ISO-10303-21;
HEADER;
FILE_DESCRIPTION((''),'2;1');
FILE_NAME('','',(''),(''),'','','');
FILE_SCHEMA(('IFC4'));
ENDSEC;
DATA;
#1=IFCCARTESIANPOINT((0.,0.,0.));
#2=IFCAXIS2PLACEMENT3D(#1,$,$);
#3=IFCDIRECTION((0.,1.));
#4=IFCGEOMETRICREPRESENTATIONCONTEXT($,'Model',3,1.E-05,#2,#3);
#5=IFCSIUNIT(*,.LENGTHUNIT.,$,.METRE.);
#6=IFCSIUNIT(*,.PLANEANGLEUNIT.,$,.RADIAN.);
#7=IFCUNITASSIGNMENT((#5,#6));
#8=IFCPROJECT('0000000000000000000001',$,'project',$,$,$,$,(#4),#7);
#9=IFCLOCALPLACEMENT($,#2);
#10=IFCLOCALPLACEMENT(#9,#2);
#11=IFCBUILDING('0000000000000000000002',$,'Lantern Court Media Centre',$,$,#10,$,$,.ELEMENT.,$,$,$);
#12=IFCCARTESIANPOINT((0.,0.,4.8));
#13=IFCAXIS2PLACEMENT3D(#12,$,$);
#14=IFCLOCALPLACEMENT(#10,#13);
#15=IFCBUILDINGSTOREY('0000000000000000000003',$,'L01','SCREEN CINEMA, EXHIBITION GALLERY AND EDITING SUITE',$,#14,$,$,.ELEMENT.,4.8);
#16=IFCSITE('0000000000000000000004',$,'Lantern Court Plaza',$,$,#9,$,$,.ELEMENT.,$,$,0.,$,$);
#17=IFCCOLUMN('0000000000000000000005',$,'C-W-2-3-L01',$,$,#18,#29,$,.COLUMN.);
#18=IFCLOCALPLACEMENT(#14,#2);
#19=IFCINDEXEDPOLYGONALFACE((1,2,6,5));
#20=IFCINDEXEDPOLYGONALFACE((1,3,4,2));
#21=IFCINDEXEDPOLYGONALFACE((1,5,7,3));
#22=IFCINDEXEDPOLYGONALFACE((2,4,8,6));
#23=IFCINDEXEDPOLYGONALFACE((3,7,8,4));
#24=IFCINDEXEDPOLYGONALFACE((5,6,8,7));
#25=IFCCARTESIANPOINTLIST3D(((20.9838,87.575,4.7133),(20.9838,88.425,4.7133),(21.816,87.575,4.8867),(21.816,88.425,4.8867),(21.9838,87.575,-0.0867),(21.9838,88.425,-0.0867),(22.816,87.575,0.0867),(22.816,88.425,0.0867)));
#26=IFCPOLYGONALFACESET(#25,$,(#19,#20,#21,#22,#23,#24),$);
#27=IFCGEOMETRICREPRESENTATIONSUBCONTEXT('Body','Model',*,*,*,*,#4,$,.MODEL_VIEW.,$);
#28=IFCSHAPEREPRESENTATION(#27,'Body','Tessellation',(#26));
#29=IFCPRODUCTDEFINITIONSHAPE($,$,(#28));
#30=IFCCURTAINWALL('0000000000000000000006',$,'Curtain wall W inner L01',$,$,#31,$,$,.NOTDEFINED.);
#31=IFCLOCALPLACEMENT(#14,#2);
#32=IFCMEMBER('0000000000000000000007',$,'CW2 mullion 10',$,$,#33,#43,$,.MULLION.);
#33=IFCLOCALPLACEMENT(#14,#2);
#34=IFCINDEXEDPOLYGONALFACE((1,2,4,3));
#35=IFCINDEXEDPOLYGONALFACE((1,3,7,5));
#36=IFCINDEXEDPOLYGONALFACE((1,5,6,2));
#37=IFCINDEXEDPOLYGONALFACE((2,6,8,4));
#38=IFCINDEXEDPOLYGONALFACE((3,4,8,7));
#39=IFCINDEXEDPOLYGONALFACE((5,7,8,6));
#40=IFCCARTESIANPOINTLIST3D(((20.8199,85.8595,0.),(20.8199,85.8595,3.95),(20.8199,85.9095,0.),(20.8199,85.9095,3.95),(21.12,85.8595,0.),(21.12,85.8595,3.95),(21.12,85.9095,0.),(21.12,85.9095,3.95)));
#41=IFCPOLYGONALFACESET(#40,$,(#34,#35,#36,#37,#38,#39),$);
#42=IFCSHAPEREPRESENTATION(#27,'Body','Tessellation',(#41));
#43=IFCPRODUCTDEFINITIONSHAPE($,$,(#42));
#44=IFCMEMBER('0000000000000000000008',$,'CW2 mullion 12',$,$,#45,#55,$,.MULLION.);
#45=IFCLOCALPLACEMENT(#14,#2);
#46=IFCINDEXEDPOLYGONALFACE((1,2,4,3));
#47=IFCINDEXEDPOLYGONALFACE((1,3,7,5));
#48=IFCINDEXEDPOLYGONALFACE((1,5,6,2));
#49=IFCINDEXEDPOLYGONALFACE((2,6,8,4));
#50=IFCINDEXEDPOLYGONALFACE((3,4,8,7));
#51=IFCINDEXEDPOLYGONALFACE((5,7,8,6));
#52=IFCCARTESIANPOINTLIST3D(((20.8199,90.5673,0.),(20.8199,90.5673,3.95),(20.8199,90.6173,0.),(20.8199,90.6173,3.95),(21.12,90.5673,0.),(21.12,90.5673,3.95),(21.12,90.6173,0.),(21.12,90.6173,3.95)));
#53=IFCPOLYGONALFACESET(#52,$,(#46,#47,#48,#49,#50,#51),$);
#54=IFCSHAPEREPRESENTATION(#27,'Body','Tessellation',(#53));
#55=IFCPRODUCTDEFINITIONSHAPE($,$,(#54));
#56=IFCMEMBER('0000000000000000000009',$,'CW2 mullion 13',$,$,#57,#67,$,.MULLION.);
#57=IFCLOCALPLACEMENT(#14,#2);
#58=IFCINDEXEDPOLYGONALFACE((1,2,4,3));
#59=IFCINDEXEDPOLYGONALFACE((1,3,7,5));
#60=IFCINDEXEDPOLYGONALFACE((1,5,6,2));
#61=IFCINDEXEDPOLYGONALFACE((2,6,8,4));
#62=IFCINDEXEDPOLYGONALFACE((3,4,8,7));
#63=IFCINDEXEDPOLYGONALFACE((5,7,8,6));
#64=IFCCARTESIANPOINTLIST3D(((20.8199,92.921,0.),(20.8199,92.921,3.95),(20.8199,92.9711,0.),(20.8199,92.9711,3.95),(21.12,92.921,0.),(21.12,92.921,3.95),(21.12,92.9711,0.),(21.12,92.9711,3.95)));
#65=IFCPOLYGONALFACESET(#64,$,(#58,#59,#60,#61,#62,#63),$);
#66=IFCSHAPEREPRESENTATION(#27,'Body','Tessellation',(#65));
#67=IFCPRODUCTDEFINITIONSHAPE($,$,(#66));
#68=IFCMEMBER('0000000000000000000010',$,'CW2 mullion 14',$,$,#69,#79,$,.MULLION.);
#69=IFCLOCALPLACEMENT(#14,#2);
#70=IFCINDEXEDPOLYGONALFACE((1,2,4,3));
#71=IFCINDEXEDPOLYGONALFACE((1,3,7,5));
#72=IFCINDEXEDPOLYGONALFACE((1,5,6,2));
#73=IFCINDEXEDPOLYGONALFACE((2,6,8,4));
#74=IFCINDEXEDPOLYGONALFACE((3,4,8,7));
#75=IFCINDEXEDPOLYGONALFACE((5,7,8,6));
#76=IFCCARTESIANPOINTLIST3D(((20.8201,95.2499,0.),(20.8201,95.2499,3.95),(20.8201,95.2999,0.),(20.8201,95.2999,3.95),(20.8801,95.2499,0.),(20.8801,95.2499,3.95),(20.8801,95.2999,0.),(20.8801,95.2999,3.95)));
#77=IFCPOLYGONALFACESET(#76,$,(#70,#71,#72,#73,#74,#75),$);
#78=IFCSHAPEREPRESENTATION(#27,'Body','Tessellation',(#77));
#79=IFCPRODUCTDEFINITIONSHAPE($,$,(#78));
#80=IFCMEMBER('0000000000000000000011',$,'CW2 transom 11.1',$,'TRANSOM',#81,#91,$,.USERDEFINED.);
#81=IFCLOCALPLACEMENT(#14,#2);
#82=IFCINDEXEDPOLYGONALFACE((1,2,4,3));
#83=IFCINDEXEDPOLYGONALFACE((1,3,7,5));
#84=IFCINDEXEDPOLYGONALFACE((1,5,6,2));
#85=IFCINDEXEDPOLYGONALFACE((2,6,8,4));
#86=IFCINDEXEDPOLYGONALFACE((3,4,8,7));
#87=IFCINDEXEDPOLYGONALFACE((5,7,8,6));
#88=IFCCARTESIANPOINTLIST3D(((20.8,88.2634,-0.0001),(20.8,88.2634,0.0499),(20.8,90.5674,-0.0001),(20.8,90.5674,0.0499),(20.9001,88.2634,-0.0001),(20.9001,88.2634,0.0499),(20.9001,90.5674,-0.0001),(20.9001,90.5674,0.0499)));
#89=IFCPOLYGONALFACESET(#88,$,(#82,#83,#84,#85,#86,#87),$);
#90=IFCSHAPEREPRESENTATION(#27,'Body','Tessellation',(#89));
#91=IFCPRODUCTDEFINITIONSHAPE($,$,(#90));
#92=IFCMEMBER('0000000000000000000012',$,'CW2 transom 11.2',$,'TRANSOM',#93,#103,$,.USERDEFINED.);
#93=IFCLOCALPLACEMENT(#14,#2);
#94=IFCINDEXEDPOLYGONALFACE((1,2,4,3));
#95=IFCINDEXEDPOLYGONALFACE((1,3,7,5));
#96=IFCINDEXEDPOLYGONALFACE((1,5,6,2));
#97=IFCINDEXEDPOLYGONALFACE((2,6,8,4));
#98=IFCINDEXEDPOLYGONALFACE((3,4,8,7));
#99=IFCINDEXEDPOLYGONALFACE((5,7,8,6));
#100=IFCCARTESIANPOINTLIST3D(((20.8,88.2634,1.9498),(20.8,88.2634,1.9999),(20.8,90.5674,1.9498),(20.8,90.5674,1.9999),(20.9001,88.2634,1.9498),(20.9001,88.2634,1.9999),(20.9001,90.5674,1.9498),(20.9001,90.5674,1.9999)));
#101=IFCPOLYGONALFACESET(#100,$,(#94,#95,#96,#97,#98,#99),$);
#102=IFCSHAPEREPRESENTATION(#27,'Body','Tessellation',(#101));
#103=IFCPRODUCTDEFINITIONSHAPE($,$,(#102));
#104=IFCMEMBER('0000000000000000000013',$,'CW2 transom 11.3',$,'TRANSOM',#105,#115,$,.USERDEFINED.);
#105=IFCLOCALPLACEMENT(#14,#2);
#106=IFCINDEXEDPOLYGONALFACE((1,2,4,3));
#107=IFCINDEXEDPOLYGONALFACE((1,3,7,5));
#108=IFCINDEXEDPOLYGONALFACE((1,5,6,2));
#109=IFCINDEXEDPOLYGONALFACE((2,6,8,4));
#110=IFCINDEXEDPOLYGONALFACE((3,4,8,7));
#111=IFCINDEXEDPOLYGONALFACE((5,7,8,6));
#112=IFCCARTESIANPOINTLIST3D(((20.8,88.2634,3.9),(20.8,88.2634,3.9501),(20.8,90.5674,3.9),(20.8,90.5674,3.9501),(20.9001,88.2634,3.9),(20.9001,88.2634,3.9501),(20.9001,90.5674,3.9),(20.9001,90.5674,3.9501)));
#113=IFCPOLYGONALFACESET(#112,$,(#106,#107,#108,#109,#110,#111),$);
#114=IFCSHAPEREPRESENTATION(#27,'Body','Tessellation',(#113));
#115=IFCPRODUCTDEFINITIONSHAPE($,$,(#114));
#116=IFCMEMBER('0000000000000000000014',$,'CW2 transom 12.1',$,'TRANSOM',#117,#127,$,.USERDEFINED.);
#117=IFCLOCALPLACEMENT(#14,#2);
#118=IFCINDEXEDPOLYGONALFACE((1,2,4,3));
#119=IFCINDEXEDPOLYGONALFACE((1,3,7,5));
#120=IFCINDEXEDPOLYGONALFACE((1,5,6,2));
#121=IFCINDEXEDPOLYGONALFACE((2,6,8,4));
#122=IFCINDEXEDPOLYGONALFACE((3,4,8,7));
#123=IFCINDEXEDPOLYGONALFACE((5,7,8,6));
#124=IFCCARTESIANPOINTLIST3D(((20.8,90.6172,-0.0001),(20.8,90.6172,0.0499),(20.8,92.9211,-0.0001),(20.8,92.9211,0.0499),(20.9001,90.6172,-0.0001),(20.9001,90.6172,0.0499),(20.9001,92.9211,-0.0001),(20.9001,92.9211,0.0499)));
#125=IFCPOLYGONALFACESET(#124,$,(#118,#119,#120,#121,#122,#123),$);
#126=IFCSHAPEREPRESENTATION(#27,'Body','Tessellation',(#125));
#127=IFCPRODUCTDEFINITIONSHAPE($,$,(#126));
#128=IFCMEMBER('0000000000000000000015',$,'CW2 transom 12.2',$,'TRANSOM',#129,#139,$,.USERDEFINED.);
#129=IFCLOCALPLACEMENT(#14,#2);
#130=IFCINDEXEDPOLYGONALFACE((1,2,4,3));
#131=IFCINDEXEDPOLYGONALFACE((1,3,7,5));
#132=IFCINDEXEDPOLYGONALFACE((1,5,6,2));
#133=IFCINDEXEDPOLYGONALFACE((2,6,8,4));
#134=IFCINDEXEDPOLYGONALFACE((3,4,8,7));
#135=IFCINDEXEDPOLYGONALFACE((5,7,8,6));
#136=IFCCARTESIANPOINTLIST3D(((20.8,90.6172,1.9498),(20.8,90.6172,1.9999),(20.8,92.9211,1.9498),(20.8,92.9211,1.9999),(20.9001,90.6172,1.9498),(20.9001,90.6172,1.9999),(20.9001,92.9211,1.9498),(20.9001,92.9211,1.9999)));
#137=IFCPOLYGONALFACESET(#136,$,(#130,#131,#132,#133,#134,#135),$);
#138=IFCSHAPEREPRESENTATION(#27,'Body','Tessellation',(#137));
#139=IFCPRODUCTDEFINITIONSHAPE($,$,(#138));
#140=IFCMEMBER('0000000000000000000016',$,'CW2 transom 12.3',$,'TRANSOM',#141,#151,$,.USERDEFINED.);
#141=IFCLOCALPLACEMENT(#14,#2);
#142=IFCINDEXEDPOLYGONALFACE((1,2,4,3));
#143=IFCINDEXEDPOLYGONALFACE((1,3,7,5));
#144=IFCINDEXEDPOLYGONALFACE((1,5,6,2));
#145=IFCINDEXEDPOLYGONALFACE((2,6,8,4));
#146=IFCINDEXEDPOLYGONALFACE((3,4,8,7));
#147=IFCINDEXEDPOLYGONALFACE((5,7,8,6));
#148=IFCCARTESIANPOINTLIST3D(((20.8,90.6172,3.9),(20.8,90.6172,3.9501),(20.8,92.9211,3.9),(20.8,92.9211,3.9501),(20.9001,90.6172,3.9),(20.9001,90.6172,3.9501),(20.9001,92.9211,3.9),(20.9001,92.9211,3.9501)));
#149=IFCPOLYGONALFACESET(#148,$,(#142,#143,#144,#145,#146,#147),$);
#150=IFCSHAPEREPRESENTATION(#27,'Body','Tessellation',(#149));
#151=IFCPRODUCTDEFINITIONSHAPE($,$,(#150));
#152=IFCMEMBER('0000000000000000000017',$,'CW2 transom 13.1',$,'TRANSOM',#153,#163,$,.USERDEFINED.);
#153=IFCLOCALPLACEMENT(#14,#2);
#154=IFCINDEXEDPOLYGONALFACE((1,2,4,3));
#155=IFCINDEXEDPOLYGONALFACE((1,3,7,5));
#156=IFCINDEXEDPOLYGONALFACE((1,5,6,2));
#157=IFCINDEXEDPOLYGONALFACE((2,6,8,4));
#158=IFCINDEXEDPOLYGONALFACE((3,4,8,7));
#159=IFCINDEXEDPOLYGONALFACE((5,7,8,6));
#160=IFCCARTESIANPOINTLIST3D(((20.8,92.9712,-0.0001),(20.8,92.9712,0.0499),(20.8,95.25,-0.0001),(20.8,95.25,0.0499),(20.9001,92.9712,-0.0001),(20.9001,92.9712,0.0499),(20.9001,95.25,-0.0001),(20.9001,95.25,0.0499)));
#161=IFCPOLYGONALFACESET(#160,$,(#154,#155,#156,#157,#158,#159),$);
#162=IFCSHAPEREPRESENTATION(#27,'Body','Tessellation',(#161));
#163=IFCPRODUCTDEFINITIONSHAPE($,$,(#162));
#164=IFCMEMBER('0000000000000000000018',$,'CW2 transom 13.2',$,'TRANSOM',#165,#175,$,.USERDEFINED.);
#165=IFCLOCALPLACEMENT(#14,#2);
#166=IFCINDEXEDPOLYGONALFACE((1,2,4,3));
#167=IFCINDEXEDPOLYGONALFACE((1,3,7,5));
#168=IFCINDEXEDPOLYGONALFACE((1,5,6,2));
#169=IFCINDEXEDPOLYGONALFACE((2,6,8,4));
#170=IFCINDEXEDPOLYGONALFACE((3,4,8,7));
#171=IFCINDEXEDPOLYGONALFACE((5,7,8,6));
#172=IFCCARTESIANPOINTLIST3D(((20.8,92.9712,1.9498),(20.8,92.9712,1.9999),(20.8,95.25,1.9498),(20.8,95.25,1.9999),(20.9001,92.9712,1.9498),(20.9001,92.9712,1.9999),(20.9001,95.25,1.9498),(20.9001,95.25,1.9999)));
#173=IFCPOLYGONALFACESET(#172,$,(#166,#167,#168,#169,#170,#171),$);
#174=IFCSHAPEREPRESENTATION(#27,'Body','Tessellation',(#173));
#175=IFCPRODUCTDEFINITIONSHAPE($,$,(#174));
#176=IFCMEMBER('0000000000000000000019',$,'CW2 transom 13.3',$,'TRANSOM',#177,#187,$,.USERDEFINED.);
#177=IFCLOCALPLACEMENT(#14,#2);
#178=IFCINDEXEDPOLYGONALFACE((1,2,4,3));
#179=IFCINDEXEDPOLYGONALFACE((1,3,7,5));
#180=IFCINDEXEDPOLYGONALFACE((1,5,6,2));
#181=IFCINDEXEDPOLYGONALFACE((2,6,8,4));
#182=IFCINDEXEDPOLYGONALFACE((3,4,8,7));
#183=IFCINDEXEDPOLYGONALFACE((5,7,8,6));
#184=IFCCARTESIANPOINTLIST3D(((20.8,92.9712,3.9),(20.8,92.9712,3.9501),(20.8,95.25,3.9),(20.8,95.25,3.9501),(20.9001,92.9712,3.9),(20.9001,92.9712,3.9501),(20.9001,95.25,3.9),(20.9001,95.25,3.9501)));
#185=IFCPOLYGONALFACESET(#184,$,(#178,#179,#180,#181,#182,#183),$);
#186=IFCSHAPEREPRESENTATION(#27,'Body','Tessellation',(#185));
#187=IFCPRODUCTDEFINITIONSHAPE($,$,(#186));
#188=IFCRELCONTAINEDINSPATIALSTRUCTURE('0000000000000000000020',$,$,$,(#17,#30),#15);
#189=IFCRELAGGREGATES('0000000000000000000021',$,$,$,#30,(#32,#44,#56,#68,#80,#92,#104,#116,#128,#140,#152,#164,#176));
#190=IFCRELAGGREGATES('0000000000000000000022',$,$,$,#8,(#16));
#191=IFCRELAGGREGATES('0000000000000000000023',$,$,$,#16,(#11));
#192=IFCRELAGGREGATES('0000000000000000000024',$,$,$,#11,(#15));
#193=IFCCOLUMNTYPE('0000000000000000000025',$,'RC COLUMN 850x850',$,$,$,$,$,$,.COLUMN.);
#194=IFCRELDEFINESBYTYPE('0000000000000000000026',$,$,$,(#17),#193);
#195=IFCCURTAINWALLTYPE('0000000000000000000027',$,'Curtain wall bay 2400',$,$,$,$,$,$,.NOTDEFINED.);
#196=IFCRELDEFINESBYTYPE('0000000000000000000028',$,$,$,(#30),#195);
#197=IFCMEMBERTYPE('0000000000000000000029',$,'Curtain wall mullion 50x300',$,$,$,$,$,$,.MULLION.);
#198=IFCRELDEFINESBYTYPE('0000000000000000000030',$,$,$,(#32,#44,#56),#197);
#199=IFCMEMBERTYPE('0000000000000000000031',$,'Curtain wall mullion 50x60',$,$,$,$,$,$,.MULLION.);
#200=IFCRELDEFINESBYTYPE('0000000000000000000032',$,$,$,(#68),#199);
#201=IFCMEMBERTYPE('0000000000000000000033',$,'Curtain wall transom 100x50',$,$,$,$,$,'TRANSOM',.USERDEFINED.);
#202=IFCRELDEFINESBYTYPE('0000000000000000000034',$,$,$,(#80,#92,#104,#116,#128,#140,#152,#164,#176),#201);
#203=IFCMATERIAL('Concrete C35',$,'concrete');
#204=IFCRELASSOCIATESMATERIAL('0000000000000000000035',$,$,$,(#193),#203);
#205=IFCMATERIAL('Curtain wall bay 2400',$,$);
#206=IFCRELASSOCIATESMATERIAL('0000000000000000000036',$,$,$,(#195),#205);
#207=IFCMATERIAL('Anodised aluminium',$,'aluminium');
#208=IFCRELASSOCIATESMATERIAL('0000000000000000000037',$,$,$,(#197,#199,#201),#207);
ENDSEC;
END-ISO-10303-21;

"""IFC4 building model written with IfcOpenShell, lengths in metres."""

from ifc_helpers import new_model, si_unit, direction, frame, origin, origin_2d, place, context, subcontext, project, spatial, rectangle, extrude, material, material_profile, profile_set, type_object, element, aggregate, save


model = new_model("IFC4")

# Units and contexts
model_context = context("Model", 3, precision=1e-05, world=origin(), true_north=direction((0.0, 1.0)))
body_context = subcontext(model_context, "Body", "Model", "MODEL_VIEW")
ifc_project = project(units=[si_unit("LENGTHUNIT", "METRE"), si_unit("PLANEANGLEUNIT", "RADIAN")], contexts=[model_context])

# Site, building, storey
site_placement = place(None, origin())
site = spatial("IfcSite", under=ifc_project, at=site_placement, Name="Lantern Court Plaza", CompositionType="ELEMENT", RefElevation=0.0)
building_placement = place(site_placement, origin())
building = spatial("IfcBuilding", under=site, at=building_placement, Name="Lantern Court Media Centre", CompositionType="ELEMENT")
storey_placement = place(building_placement, frame((0.0, 0.0, 4.8)))
storey = spatial("IfcBuildingStorey", under=building, at=storey_placement, Name="L01", Description="SCREEN CINEMA, EXHIBITION GALLERY AND EDITING SUITE", CompositionType="ELEMENT", Elevation=4.8)

# Column
ifc_material_1 = material(Name="Concrete C35", Category="concrete")
ifc_material_profile_1 = material_profile(ifc_material_1, rectangle(XDim=0.8501, YDim=0.8501, at=origin_2d()), Name="RC 850x850")
ifc_profile_set_1 = profile_set([ifc_material_profile_1], Name="Concrete C35")
column_type = type_object("IfcColumnType", Name="RC COLUMN 850x850", PredefinedType="COLUMN", material=ifc_profile_set_1)
column_placement = place(storey_placement, frame((22.3999, 88.0, 0.0), z_axis=(-0.203952, 0.0, 0.978981), x_axis=(0.0, -1.0, 0.0)))
element("IfcColumn", 1, at=column_placement, inside=storey, type_object=column_type, Name="C-W-2-3-L01", PredefinedType="COLUMN", context=body_context, shape_type="SweptSolid", body=[
    extrude(rectangle(XDim=0.8501, YDim=0.8501, at=origin_2d()), origin(), (0.0, 0.0, 1.0), 4.9031),
])

# Curtain wall, members
ifc_material_2 = material(Name="Curtain wall bay 2400")
curtain_wall_type = type_object("IfcCurtainWallType", Name="Curtain wall bay 2400", PredefinedType="NOTDEFINED", material=ifc_material_2)
curtain_wall_placement = place(storey_placement, origin())
curtain_wall = element("IfcCurtainWall", 2, at=curtain_wall_placement, inside=storey, type_object=curtain_wall_type, Name="Curtain wall W inner L01", PredefinedType="NOTDEFINED")
ifc_material_3 = material(Name="Anodised aluminium", Category="aluminium")
ifc_material_profile_2 = material_profile(ifc_material_3, rectangle(XDim=0.3, YDim=0.05, at=origin_2d()), Name="AL 50x300")
ifc_profile_set_2 = profile_set([ifc_material_profile_2], Name="Anodised aluminium")
member_type_1 = type_object("IfcMemberType", Name="Curtain wall mullion 50x300", PredefinedType="MULLION", material=ifc_profile_set_2)
member_1_placement = place(storey_placement, frame((20.97, 85.8845, 0.0), z_axis=(0.0, 0.0, 1.0), x_axis=(-1.0, 0.0, 0.0)))
member_1 = element("IfcMember", 3, at=member_1_placement, type_object=member_type_1, Name="CW2 mullion 10", PredefinedType="MULLION", context=body_context, shape_type="SweptSolid", body=[
    extrude(rectangle(XDim=0.3, YDim=0.05, at=origin_2d()), origin(), (0.0, 0.0, 1.0), 3.95),
])
member_2_placement = place(storey_placement, frame((20.97, 90.5923, 0.0), z_axis=(0.0, 0.0, 1.0), x_axis=(-1.0, 0.0, 0.0)))
member_2 = element("IfcMember", 4, at=member_2_placement, type_object=member_type_1, Name="CW2 mullion 12", PredefinedType="MULLION", context=body_context, shape_type="SweptSolid", body=[
    extrude(rectangle(XDim=0.3, YDim=0.05, at=origin_2d()), origin(), (0.0, 0.0, 1.0), 3.95),
])
member_3_placement = place(storey_placement, frame((20.97, 92.946, 0.0), z_axis=(0.0, 0.0, 1.0), x_axis=(-1.0, 0.0, 0.0)))
member_3 = element("IfcMember", 5, at=member_3_placement, type_object=member_type_1, Name="CW2 mullion 13", PredefinedType="MULLION", context=body_context, shape_type="SweptSolid", body=[
    extrude(rectangle(XDim=0.3, YDim=0.05, at=origin_2d()), origin(), (0.0, 0.0, 1.0), 3.95),
])
ifc_material_profile_3 = material_profile(ifc_material_3, rectangle(XDim=0.0601, YDim=0.05, at=origin_2d()), Name="AL 50x60")
ifc_profile_set_3 = profile_set([ifc_material_profile_3], Name="Anodised aluminium")
member_type_2 = type_object("IfcMemberType", Name="Curtain wall mullion 50x60", PredefinedType="MULLION", material=ifc_profile_set_3)
member_4_placement = place(storey_placement, frame((20.8501, 95.2749, 0.0), z_axis=(0.0, 0.0, 1.0), x_axis=(-1.0, 0.0, 0.0)))
member_4 = element("IfcMember", 6, at=member_4_placement, type_object=member_type_2, Name="CW2 mullion 14", PredefinedType="MULLION", context=body_context, shape_type="SweptSolid", body=[
    extrude(rectangle(XDim=0.0601, YDim=0.05, at=origin_2d()), origin(), (0.0, 0.0, 1.0), 3.95),
])
ifc_material_profile_4 = material_profile(ifc_material_3, rectangle(XDim=0.1001, YDim=0.05, at=origin_2d()), Name="AL 50x100")
ifc_profile_set_4 = profile_set([ifc_material_profile_4], Name="Anodised aluminium")
member_type_3 = type_object("IfcMemberType", Name="Curtain wall transom 100x50", ElementType="TRANSOM", PredefinedType="USERDEFINED", material=ifc_profile_set_4)
member_5_placement = place(storey_placement, frame((20.8501, 88.2634, 0.0249), z_axis=(0.0, 1.0, 0.0), x_axis=(-1.0, 0.0, 0.0)))
member_5 = element("IfcMember", 7, at=member_5_placement, type_object=member_type_3, Name="CW2 transom 11.1", ObjectType="TRANSOM", PredefinedType="USERDEFINED", context=body_context, shape_type="SweptSolid", body=[
    extrude(rectangle(XDim=0.1001, YDim=0.05, at=origin_2d()), origin(), (0.0, 0.0, 1.0), 2.304),
])
member_6_placement = place(storey_placement, frame((20.8501, 88.2634, 1.9749), z_axis=(0.0, 1.0, 0.0), x_axis=(-1.0, 0.0, 0.0)))
member_6 = element("IfcMember", 8, at=member_6_placement, type_object=member_type_3, Name="CW2 transom 11.2", ObjectType="TRANSOM", PredefinedType="USERDEFINED", context=body_context, shape_type="SweptSolid", body=[
    extrude(rectangle(XDim=0.1001, YDim=0.05, at=origin_2d()), origin(), (0.0, 0.0, 1.0), 2.304),
])
member_7_placement = place(storey_placement, frame((20.8501, 88.2634, 3.925), z_axis=(0.0, 1.0, 0.0), x_axis=(-1.0, 0.0, 0.0)))
member_7 = element("IfcMember", 9, at=member_7_placement, type_object=member_type_3, Name="CW2 transom 11.3", ObjectType="TRANSOM", PredefinedType="USERDEFINED", context=body_context, shape_type="SweptSolid", body=[
    extrude(rectangle(XDim=0.1001, YDim=0.05, at=origin_2d()), origin(), (0.0, 0.0, 1.0), 2.304),
])
member_8_placement = place(storey_placement, frame((20.8501, 90.6172, 0.0249), z_axis=(0.0, 1.0, 0.0), x_axis=(-1.0, 0.0, 0.0)))
member_8 = element("IfcMember", 10, at=member_8_placement, type_object=member_type_3, Name="CW2 transom 12.1", ObjectType="TRANSOM", PredefinedType="USERDEFINED", context=body_context, shape_type="SweptSolid", body=[
    extrude(rectangle(XDim=0.1001, YDim=0.05, at=origin_2d()), origin(), (0.0, 0.0, 1.0), 2.304),
])
member_9_placement = place(storey_placement, frame((20.8501, 90.6172, 1.9749), z_axis=(0.0, 1.0, 0.0), x_axis=(-1.0, 0.0, 0.0)))
member_9 = element("IfcMember", 11, at=member_9_placement, type_object=member_type_3, Name="CW2 transom 12.2", ObjectType="TRANSOM", PredefinedType="USERDEFINED", context=body_context, shape_type="SweptSolid", body=[
    extrude(rectangle(XDim=0.1001, YDim=0.05, at=origin_2d()), origin(), (0.0, 0.0, 1.0), 2.304),
])
member_10_placement = place(storey_placement, frame((20.8501, 90.6172, 3.925), z_axis=(0.0, 1.0, 0.0), x_axis=(-1.0, 0.0, 0.0)))
member_10 = element("IfcMember", 12, at=member_10_placement, type_object=member_type_3, Name="CW2 transom 12.3", ObjectType="TRANSOM", PredefinedType="USERDEFINED", context=body_context, shape_type="SweptSolid", body=[
    extrude(rectangle(XDim=0.1001, YDim=0.05, at=origin_2d()), origin(), (0.0, 0.0, 1.0), 2.304),
])
member_11_placement = place(storey_placement, frame((20.8501, 92.9712, 0.0249), z_axis=(0.0, 1.0, 0.0), x_axis=(-1.0, 0.0, 0.0)))
member_11 = element("IfcMember", 13, at=member_11_placement, type_object=member_type_3, Name="CW2 transom 13.1", ObjectType="TRANSOM", PredefinedType="USERDEFINED", context=body_context, shape_type="SweptSolid", body=[
    extrude(rectangle(XDim=0.1001, YDim=0.05, at=origin_2d()), origin(), (0.0, 0.0, 1.0), 2.2788),
])
member_12_placement = place(storey_placement, frame((20.8501, 92.9712, 1.9749), z_axis=(0.0, 1.0, 0.0), x_axis=(-1.0, 0.0, 0.0)))
member_12 = element("IfcMember", 14, at=member_12_placement, type_object=member_type_3, Name="CW2 transom 13.2", ObjectType="TRANSOM", PredefinedType="USERDEFINED", context=body_context, shape_type="SweptSolid", body=[
    extrude(rectangle(XDim=0.1001, YDim=0.05, at=origin_2d()), origin(), (0.0, 0.0, 1.0), 2.2788),
])
member_13_placement = place(storey_placement, frame((20.8501, 92.9712, 3.925), z_axis=(0.0, 1.0, 0.0), x_axis=(-1.0, 0.0, 0.0)))
member_13 = element("IfcMember", 15, at=member_13_placement, type_object=member_type_3, Name="CW2 transom 13.3", ObjectType="TRANSOM", PredefinedType="USERDEFINED", context=body_context, shape_type="SweptSolid", body=[
    extrude(rectangle(XDim=0.1001, YDim=0.05, at=origin_2d()), origin(), (0.0, 0.0, 1.0), 2.2788),
])

aggregate(curtain_wall, [member_1, member_2, member_3, member_4, member_5, member_6, member_7, member_8, member_9, member_10, member_11, member_12, member_13])

save(model, "model.ifc")
